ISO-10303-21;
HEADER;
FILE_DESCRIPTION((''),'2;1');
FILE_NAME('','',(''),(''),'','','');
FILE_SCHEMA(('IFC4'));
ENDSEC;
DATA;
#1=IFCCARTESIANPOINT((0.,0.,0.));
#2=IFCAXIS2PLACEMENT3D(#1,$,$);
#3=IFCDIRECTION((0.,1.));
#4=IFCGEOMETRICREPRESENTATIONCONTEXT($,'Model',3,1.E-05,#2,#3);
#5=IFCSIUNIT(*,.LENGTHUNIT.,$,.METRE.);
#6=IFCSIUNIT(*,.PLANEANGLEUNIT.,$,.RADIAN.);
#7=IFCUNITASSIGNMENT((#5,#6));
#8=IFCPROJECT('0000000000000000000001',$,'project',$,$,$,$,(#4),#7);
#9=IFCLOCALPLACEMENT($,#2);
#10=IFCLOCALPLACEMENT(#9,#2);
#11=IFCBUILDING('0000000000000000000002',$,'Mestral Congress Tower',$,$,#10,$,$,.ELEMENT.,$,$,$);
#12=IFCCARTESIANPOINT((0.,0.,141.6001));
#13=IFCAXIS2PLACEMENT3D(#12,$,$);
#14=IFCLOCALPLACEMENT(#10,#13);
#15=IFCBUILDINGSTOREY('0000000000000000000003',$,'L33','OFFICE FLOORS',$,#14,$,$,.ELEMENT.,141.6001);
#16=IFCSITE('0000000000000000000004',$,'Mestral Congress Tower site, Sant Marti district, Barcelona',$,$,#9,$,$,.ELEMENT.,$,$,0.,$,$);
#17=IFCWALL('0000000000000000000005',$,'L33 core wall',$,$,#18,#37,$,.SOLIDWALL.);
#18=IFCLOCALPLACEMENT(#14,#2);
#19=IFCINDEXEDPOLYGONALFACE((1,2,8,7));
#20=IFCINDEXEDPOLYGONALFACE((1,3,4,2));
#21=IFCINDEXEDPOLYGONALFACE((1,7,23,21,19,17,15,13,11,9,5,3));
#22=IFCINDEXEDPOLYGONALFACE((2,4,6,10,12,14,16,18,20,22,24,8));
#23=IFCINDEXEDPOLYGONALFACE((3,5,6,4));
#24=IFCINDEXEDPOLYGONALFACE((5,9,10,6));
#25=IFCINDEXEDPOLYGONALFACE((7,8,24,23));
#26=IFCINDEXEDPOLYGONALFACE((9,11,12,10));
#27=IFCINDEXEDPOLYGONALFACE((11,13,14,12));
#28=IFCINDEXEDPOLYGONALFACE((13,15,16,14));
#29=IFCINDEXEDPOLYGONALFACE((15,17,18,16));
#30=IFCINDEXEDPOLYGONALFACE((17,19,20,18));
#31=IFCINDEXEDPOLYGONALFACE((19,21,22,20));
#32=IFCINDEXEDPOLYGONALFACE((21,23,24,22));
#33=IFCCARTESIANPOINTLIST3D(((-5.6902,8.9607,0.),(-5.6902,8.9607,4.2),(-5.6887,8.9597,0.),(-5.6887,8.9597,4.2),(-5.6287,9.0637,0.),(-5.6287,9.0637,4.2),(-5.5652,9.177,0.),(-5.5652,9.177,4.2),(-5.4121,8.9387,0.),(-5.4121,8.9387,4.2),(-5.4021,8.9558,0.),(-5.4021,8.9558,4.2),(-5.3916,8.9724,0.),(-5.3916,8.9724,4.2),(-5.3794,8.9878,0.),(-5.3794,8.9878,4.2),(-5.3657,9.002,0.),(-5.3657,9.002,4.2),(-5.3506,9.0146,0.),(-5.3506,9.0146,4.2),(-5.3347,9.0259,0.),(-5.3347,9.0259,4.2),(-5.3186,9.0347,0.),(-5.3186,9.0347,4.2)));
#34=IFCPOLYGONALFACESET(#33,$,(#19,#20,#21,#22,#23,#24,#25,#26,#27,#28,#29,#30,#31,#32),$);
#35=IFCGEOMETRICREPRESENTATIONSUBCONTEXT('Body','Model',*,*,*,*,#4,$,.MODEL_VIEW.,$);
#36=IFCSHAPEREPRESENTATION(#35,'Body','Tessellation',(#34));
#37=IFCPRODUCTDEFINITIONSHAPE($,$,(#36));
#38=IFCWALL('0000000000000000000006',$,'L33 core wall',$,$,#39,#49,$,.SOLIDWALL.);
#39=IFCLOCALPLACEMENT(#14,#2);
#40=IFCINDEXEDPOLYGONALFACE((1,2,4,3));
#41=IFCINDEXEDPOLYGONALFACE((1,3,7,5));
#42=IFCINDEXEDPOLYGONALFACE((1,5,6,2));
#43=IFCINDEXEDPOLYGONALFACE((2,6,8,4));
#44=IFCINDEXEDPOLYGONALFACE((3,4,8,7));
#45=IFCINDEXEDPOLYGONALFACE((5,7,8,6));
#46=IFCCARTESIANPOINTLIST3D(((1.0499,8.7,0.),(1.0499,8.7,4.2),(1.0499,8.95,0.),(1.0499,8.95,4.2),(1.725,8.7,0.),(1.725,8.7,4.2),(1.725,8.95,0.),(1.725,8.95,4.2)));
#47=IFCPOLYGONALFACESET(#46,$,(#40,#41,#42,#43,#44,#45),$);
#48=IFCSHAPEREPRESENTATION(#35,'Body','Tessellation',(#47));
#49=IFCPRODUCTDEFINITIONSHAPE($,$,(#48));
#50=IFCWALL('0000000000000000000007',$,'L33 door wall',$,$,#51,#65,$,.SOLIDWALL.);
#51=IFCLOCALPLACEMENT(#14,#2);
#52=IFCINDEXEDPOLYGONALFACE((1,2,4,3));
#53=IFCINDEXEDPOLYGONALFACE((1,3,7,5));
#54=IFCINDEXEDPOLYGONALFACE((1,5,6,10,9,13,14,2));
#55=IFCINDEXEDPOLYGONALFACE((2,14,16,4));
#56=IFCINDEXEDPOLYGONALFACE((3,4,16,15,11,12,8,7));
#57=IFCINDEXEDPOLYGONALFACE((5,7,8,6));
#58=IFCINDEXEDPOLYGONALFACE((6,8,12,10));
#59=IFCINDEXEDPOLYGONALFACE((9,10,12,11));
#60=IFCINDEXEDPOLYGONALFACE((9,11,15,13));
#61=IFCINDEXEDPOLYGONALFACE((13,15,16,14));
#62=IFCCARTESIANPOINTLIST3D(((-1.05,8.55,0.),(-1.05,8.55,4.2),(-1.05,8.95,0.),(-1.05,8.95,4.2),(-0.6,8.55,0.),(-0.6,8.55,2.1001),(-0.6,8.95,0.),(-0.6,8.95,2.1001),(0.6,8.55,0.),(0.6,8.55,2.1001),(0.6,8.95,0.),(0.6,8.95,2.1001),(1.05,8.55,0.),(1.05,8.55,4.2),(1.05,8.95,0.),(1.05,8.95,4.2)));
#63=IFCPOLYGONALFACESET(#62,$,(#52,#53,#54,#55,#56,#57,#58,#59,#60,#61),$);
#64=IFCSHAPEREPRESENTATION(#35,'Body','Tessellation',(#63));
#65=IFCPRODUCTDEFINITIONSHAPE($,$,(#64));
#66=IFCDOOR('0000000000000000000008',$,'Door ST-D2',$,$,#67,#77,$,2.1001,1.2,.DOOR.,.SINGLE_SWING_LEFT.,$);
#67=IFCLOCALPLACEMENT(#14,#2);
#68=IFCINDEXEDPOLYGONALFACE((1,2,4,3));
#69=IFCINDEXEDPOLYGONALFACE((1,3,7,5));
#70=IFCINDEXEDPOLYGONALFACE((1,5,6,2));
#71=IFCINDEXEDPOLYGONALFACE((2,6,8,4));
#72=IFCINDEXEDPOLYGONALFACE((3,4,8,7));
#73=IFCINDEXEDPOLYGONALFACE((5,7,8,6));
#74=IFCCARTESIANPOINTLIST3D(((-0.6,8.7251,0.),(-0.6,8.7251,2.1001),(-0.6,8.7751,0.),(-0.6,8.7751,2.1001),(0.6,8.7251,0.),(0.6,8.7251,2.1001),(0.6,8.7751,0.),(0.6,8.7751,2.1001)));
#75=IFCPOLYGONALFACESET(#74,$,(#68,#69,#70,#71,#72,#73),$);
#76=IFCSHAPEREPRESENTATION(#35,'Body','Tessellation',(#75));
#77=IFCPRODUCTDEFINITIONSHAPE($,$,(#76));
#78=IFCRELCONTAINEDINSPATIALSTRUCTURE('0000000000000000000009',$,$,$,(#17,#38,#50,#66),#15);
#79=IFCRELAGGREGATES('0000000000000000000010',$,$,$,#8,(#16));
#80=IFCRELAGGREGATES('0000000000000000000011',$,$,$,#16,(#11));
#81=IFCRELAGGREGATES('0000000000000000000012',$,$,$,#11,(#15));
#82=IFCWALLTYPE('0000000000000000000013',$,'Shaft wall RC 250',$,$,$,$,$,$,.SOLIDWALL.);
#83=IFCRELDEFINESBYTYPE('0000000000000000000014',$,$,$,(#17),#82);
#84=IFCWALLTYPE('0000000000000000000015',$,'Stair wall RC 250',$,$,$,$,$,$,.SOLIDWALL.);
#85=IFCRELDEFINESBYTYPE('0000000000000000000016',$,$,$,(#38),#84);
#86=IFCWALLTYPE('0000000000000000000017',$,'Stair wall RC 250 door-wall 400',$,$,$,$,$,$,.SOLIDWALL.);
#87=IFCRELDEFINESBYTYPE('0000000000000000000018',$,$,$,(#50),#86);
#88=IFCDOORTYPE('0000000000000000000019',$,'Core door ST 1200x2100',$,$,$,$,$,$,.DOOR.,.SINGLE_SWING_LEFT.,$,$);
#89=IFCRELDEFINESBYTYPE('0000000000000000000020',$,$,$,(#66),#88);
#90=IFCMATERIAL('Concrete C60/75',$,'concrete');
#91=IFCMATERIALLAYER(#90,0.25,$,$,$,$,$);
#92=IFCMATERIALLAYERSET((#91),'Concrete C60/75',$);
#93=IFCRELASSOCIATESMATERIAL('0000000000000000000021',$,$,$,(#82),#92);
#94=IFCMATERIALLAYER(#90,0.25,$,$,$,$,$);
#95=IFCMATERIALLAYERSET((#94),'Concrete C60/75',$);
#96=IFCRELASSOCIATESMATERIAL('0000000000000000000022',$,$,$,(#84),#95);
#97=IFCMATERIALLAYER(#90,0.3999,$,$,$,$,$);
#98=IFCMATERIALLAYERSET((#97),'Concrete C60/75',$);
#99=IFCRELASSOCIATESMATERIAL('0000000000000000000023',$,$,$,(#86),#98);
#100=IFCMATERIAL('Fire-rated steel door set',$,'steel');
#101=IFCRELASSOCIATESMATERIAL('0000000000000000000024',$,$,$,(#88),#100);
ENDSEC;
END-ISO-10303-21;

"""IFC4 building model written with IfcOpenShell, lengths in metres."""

from ifc_helpers import new_model, si_unit, direction, frame, frame_2d, origin, place, context, subcontext, project, spatial, polyline, rectangle, outline, extrude, material, layer, layer_set, type_object, element, fill, save


model = new_model("IFC4")

# Units and contexts
model_context = context("Model", 3, precision=1e-05, world=origin(), true_north=direction((0.0, 1.0)))
body_context = subcontext(model_context, "Body", "Model", "MODEL_VIEW")
ifc_project = project(units=[si_unit("LENGTHUNIT", "METRE"), si_unit("PLANEANGLEUNIT", "RADIAN")], contexts=[model_context])

# Site, building, storey
site_placement = place(None, origin())
site = spatial("IfcSite", under=ifc_project, at=site_placement, Name="Mestral Congress Tower site, Sant Marti district, Barcelona", CompositionType="ELEMENT", RefElevation=0.0)
building_placement = place(site_placement, origin())
building = spatial("IfcBuilding", under=site, at=building_placement, Name="Mestral Congress Tower", CompositionType="ELEMENT")
storey_placement = place(building_placement, frame((0.0, 0.0, 141.6001)))
storey = spatial("IfcBuildingStorey", under=building, at=storey_placement, Name="L33", Description="OFFICE FLOORS", CompositionType="ELEMENT", Elevation=141.6001)

# Walls
ifc_material_1 = material(Name="Concrete C60/75", Category="concrete")
placement = place(storey_placement, origin())
ifc_layer_1 = layer(ifc_material_1, 0.25)
ifc_layer_set_1 = layer_set([ifc_layer_1], Name="Concrete C60/75")
wall_type_1 = type_object("IfcWallType", Name="Shaft wall RC 250", PredefinedType="SOLIDWALL", material=ifc_layer_set_1)
element("IfcWall", 1, at=placement, inside=storey, type_object=wall_type_1, Name="L33 core wall", PredefinedType="SOLIDWALL", context=body_context, shape_type="SweptSolid", body=[
    extrude(outline(polyline([(-5.6887, 8.9597), (-5.6902, 8.9607), (-5.5652, 9.177), (-5.3186, 9.0347), (-5.3347, 9.0259), (-5.3506, 9.0146), (-5.3657, 9.002), (-5.3794, 8.9878), (-5.3916, 8.9724), (-5.4021, 8.9558), (-5.4121, 8.9387), (-5.6287, 9.0637), (-5.6287, 9.0637), (-5.6887, 8.9597)])), origin(), (0.0, 0.0, 1.0), 4.2),
])
ifc_layer_2 = layer(ifc_material_1, 0.25)
ifc_layer_set_2 = layer_set([ifc_layer_2], Name="Concrete C60/75")
wall_type_2 = type_object("IfcWallType", Name="Stair wall RC 250", PredefinedType="SOLIDWALL", material=ifc_layer_set_2)
wall_1_placement = place(storey_placement, frame((1.05, 8.825, 0.0), z_axis=(0.0, 0.0, 1.0), x_axis=(1.0, 0.0, 0.0)))
element("IfcWall", 2, at=wall_1_placement, inside=storey, type_object=wall_type_2, Name="L33 core wall", PredefinedType="SOLIDWALL", context=body_context, shape_type="SweptSolid", body=[
    extrude(rectangle(XDim=0.675, YDim=0.25, at=frame_2d((0.3374, 0.0))), origin(), (0.0, 0.0, 1.0), 4.2),
])

# Wall, opening, door
ifc_layer_3 = layer(ifc_material_1, 0.3999)
ifc_layer_set_3 = layer_set([ifc_layer_3], Name="Concrete C60/75")
wall_type_3 = type_object("IfcWallType", Name="Stair wall RC 250 door-wall 400", PredefinedType="SOLIDWALL", material=ifc_layer_set_3)
wall_2_placement = place(storey_placement, frame((1.05, 8.75, 0.0), z_axis=(0.0, 0.0, 1.0), x_axis=(-1.0, 0.0, 0.0)))
wall_2 = element("IfcWall", 3, at=wall_2_placement, inside=storey, type_object=wall_type_3, Name="L33 door wall", PredefinedType="SOLIDWALL", context=body_context, shape_type="SweptSolid", body=[
    extrude(rectangle(XDim=2.1001, YDim=0.3999, at=frame_2d((1.05, 0.0))), origin(), (0.0, 0.0, 1.0), 4.2),
])
opening_placement = place(wall_2_placement, frame((0.45, 0.0, 0.0)))
opening = element("IfcOpeningElement", 4, at=opening_placement, cuts=wall_2, PredefinedType="OPENING", context=body_context, shape_type="SweptSolid", body=[
    extrude(rectangle(XDim=1.2, YDim=2.1001, at=frame_2d((0.6001, 1.05))), frame((0.0, 0.21, 0.0), z_axis=(0.0, -1.0, 0.0), x_axis=(1.0, 0.0, 0.0)), (0.0, 0.0, 1.0), 0.4199),
])
ifc_material_2 = material(Name="Fire-rated steel door set", Category="steel")
door_type = type_object("IfcDoorType", Name="Core door ST 1200x2100", OperationType="SINGLE_SWING_LEFT", PredefinedType="DOOR", material=ifc_material_2)
door_placement = place(opening_placement, origin())
door = element("IfcDoor", 5, at=door_placement, inside=storey, type_object=door_type, Name="Door ST-D2", OperationType="SINGLE_SWING_LEFT", OverallHeight=2.1001, OverallWidth=1.2, PredefinedType="DOOR", context=body_context, shape_type="SweptSolid", body=[
    extrude(rectangle(XDim=1.2, YDim=2.1001, at=frame_2d((0.6001, 1.05))), frame((0.0, 0.0249, 0.0), z_axis=(0.0, -1.0, 0.0), x_axis=(1.0, 0.0, 0.0)), (0.0, 0.0, 1.0), 0.05),
])
fill(opening, door)

save(model, "model.ifc")
